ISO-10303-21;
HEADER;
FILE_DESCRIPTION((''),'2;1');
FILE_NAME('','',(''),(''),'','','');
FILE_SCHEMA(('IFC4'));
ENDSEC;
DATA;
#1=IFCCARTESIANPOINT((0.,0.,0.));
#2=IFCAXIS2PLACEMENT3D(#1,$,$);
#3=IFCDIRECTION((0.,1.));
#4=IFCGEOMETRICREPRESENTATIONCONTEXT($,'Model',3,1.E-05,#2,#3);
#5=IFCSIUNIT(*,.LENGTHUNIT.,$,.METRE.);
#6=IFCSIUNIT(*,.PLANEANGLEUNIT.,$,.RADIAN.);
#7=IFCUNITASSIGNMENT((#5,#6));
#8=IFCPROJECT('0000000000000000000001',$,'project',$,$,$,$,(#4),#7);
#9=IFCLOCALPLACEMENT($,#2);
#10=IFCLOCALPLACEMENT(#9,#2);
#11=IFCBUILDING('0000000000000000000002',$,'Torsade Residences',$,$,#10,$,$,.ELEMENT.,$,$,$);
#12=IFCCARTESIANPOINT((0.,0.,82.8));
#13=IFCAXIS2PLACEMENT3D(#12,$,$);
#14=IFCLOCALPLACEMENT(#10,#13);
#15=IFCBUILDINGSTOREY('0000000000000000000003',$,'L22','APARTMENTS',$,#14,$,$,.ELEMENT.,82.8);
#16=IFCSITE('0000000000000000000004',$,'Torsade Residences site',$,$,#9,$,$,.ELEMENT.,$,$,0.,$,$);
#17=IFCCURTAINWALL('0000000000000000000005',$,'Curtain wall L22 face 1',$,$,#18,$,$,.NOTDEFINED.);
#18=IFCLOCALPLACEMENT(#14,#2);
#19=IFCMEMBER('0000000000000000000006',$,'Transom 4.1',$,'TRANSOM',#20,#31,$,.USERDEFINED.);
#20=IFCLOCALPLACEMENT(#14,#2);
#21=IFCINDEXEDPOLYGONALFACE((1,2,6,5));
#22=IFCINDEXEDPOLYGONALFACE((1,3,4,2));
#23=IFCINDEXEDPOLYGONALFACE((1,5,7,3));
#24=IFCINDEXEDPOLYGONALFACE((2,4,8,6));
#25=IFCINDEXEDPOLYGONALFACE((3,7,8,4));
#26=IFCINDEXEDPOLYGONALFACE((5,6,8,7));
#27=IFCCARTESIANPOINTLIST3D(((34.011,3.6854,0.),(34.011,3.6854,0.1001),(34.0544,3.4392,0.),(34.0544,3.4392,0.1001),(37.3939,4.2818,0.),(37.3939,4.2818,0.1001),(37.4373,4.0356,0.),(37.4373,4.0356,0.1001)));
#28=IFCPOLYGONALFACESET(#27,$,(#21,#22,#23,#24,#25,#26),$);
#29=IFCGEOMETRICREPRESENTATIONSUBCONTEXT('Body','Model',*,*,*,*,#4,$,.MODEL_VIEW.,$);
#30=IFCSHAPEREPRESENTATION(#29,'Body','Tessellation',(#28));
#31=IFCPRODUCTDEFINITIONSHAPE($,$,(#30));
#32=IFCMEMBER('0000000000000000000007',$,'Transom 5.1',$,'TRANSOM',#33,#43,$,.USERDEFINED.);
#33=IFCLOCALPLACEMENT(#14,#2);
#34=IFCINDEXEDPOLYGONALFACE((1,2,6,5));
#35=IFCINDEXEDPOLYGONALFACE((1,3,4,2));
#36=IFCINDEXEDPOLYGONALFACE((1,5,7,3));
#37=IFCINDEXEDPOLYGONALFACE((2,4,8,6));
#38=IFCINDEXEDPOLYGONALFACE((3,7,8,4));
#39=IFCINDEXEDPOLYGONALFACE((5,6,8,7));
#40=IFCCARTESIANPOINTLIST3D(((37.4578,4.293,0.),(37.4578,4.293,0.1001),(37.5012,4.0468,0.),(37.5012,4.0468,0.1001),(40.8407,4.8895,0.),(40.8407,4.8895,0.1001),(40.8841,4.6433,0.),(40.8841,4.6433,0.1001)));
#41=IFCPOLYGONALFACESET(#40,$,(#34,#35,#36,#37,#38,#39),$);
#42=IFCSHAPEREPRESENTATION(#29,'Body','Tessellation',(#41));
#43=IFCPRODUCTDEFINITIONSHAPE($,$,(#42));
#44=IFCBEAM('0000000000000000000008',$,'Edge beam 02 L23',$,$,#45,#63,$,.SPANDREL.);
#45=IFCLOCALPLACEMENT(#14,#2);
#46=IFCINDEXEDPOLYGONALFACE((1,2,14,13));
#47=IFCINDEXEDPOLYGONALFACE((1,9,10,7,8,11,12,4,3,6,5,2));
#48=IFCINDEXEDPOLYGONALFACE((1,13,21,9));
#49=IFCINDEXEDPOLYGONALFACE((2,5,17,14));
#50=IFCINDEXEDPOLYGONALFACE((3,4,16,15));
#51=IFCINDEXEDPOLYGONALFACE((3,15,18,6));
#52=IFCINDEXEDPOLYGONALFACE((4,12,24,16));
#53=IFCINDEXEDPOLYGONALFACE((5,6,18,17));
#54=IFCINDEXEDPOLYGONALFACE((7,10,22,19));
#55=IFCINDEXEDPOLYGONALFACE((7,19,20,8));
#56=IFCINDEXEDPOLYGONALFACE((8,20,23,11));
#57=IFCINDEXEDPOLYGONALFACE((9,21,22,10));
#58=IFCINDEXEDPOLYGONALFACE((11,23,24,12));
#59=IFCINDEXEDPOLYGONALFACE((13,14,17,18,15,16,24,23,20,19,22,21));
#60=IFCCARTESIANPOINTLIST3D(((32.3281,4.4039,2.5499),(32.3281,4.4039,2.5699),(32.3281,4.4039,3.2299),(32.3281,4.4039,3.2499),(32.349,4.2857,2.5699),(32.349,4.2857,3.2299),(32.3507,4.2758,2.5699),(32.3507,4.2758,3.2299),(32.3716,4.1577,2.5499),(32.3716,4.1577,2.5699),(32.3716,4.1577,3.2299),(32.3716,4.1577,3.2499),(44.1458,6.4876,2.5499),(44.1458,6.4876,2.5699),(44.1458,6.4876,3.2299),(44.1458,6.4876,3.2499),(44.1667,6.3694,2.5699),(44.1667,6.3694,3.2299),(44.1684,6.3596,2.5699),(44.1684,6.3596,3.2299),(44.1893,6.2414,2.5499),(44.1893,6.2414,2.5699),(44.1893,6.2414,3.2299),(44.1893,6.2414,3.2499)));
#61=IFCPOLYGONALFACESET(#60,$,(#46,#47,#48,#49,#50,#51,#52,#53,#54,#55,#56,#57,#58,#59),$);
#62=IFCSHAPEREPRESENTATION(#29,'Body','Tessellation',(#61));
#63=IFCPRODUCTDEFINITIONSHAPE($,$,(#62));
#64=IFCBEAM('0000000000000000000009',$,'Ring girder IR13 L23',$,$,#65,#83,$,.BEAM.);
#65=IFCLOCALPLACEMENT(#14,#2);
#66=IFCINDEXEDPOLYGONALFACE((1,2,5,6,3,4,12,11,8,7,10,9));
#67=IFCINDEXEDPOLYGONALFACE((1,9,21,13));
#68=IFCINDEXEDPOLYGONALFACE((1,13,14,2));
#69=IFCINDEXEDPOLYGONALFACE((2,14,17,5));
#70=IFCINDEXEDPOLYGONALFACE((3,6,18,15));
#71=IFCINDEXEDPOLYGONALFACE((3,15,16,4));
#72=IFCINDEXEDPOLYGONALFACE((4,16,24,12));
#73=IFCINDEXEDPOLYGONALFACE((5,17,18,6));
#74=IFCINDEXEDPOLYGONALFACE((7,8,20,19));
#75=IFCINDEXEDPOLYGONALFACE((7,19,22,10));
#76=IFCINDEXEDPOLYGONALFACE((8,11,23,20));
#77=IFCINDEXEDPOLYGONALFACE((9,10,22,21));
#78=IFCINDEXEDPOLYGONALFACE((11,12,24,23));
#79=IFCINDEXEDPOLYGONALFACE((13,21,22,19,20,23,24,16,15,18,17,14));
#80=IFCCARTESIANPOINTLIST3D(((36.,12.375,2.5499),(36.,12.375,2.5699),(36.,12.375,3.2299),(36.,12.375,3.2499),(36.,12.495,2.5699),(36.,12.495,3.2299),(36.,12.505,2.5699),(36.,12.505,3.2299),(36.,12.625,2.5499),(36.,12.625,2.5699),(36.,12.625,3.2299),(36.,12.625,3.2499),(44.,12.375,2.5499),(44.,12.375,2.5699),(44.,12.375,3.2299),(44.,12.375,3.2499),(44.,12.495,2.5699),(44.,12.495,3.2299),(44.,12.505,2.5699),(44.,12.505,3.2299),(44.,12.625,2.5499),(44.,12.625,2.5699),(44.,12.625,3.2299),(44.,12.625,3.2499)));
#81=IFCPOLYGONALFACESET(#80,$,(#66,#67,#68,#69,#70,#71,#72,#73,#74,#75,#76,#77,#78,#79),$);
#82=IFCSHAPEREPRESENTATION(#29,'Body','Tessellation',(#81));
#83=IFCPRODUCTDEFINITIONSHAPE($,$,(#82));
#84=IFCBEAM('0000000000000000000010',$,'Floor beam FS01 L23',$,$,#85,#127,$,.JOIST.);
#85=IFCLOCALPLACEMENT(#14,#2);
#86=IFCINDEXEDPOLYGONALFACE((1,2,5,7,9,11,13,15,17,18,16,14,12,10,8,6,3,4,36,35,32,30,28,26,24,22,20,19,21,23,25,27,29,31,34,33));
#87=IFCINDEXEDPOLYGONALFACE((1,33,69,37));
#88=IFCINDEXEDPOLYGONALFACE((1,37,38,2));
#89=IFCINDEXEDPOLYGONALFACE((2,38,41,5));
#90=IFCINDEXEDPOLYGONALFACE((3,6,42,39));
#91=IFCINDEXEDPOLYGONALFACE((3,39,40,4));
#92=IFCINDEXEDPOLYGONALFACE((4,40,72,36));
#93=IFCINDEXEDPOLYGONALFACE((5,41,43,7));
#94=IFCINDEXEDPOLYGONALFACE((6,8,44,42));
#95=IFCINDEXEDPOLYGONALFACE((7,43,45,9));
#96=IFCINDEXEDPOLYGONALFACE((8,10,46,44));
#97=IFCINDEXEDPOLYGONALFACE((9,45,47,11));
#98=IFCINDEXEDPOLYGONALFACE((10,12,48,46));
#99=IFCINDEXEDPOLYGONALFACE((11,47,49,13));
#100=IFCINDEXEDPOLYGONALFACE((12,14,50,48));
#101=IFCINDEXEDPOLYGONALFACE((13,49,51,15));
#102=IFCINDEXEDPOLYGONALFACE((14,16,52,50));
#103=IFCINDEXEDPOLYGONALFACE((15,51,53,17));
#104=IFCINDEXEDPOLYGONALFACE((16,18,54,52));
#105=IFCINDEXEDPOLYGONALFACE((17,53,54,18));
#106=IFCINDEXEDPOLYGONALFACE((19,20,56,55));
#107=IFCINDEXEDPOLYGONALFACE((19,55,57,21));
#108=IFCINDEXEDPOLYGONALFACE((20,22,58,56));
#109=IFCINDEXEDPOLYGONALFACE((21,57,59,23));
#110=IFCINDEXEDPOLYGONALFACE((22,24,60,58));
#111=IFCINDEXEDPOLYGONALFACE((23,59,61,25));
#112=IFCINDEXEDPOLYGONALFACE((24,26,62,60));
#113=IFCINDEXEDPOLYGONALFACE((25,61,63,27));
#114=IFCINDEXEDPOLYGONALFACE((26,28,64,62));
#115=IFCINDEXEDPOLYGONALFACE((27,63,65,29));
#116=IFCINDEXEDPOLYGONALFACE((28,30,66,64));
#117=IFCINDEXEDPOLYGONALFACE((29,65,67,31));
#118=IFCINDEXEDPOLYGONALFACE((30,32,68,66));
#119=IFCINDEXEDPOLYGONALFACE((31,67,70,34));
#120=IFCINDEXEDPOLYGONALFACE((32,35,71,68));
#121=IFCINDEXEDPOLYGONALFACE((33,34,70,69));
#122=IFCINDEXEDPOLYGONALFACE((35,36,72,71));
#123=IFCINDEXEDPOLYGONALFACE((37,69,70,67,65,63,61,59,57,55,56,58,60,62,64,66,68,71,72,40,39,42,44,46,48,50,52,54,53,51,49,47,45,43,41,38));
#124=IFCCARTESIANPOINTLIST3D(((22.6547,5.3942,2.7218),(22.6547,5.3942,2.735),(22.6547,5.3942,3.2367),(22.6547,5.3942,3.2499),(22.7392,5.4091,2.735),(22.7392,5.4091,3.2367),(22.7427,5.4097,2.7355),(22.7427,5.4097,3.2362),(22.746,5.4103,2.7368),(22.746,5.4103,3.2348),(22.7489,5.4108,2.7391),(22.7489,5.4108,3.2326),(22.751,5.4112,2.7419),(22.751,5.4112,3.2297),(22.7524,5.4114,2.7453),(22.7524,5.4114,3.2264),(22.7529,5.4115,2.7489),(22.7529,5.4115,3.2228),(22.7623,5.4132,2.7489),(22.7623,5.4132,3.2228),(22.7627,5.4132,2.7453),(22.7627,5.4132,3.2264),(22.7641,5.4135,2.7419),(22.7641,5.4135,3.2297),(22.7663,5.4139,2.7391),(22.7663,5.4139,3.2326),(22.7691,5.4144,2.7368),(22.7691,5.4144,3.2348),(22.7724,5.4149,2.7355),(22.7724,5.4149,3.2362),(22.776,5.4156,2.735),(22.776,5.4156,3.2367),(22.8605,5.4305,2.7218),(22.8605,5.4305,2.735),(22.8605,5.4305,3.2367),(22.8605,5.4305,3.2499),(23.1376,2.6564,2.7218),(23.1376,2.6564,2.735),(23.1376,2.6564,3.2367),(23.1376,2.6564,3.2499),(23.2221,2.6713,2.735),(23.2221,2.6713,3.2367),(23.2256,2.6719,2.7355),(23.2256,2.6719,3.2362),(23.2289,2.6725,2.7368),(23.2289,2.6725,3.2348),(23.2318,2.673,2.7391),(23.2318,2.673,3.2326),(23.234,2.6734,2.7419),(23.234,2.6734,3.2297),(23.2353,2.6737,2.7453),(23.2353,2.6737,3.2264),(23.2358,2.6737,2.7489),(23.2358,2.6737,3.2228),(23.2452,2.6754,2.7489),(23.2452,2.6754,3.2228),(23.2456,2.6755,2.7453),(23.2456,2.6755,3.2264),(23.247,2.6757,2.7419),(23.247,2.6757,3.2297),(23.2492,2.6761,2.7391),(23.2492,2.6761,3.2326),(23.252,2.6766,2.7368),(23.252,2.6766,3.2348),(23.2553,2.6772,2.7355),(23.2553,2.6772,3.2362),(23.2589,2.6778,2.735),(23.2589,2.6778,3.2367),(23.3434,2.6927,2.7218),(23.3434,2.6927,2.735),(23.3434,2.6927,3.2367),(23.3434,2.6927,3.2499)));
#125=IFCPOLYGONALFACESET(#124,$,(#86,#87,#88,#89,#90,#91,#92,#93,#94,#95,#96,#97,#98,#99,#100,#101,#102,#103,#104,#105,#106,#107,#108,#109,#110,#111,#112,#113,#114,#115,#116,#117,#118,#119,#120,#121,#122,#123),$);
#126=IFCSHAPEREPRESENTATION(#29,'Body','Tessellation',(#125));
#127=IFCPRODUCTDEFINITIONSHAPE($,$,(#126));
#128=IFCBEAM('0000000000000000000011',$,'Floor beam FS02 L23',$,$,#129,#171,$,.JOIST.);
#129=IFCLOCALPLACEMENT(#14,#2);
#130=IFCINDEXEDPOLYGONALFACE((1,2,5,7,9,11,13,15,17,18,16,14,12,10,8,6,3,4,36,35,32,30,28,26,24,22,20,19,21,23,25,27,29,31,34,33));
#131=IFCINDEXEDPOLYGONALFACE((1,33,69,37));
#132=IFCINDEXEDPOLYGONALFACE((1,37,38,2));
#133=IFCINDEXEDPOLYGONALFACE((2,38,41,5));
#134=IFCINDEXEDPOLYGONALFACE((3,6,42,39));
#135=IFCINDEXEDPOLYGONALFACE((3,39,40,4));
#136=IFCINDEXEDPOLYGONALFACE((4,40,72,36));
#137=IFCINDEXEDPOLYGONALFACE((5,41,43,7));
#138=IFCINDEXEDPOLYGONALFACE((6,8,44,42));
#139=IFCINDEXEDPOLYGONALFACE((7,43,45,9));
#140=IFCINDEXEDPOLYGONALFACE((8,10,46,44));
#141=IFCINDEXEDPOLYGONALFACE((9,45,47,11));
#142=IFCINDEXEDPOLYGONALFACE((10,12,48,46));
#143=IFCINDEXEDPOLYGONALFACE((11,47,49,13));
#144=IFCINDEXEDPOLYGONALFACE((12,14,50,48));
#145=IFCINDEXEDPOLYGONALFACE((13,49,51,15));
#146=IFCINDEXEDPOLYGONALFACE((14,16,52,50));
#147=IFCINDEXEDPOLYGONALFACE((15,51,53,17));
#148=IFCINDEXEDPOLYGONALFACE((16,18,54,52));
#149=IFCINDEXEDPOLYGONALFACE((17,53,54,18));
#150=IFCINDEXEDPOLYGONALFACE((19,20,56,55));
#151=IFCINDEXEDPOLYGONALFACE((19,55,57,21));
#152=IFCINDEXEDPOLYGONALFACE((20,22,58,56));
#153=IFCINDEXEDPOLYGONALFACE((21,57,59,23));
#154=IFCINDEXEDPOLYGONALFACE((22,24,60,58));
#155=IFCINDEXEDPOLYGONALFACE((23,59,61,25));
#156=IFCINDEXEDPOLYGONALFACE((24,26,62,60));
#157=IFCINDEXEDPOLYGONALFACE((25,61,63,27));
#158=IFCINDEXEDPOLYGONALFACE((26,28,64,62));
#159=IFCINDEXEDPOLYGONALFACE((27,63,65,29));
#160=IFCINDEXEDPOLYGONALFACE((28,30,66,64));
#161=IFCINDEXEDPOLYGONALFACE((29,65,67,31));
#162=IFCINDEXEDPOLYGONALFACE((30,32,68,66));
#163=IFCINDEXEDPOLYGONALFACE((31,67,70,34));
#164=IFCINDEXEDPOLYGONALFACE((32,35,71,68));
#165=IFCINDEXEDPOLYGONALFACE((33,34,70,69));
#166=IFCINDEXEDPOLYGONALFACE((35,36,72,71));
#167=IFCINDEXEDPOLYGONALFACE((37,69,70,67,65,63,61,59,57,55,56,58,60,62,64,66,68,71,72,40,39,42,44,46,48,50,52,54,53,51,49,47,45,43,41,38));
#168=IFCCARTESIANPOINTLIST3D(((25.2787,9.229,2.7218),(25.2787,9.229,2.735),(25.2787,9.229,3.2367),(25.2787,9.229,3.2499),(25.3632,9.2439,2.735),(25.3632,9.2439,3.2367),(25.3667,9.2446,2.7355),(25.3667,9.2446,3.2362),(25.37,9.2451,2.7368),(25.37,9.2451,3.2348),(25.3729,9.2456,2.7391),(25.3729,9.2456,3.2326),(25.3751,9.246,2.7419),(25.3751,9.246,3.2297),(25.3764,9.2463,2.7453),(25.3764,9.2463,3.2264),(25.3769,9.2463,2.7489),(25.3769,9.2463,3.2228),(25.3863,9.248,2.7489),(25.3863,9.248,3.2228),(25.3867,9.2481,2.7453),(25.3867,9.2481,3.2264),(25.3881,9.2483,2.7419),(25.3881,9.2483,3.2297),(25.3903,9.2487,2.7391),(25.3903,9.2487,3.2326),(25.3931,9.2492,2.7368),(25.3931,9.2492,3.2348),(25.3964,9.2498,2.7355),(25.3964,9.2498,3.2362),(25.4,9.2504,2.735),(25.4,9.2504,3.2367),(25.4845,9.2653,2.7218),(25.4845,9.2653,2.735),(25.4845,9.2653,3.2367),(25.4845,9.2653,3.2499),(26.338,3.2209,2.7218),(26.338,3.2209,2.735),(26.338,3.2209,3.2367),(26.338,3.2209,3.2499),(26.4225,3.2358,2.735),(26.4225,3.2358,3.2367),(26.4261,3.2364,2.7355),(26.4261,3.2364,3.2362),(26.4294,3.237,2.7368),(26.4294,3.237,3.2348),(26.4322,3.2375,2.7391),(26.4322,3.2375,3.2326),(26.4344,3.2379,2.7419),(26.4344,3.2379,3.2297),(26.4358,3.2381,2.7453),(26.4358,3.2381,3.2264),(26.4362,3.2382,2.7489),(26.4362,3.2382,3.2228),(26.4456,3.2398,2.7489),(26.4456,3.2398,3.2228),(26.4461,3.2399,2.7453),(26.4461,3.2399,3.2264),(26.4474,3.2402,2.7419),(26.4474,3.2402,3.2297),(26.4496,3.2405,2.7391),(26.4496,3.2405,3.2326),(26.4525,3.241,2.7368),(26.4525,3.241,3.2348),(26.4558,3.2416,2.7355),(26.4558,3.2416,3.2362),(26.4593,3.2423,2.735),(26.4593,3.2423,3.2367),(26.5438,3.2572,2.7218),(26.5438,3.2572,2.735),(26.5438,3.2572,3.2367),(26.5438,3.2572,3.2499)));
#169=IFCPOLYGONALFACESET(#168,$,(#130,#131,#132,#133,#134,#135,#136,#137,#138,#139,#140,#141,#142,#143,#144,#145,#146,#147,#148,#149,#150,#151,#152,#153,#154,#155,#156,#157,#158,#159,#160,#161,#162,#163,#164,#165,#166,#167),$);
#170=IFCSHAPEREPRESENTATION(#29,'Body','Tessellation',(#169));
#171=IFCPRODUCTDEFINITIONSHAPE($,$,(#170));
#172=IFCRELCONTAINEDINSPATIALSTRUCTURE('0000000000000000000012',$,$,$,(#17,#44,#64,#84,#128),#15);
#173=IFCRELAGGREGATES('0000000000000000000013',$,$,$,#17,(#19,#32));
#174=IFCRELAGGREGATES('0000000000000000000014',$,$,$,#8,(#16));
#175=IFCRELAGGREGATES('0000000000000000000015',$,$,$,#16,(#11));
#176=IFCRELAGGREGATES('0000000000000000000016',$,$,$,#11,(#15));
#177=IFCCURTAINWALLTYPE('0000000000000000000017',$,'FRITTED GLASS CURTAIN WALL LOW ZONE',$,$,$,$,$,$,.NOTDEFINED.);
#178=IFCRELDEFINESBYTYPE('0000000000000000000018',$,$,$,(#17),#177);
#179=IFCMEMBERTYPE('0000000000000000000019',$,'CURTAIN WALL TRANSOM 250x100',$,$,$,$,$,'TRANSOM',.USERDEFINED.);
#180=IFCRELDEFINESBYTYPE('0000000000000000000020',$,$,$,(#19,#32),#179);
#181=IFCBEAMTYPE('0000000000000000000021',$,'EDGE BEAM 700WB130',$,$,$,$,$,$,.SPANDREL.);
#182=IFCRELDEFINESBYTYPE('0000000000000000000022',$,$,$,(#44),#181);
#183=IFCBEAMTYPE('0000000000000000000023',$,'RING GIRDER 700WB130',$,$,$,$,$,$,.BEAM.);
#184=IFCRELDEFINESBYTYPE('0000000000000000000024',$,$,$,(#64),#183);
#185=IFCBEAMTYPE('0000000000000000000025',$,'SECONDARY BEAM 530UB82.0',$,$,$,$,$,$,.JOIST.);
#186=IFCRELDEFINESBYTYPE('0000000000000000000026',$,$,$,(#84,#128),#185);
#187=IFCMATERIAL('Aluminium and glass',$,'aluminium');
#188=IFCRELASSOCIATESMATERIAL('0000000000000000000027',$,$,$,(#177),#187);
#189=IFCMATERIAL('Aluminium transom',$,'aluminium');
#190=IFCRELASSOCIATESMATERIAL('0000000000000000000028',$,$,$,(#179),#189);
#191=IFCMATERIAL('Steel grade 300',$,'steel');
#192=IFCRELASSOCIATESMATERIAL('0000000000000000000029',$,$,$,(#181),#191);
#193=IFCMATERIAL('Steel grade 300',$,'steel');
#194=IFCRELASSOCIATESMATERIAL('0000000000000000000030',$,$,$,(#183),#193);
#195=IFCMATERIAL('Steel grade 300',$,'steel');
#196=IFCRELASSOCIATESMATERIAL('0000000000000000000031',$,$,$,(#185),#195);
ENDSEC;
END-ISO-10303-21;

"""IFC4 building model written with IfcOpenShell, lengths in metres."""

from ifc_helpers import new_model, si_unit, direction, frame, origin, origin_2d, place, context, subcontext, project, spatial, rectangle, i_section, extrude, material, material_profile, profile_set, type_object, element, aggregate, save


model = new_model("IFC4")

# Units and contexts
model_context = context("Model", 3, precision=1e-05, world=origin(), true_north=direction((0.0, 1.0)))
body_context = subcontext(model_context, "Body", "Model", "MODEL_VIEW")
ifc_project = project(units=[si_unit("LENGTHUNIT", "METRE"), si_unit("PLANEANGLEUNIT", "RADIAN")], contexts=[model_context])

# Site, building, storey
site_placement = place(None, origin())
site = spatial("IfcSite", under=ifc_project, at=site_placement, Name="Torsade Residences site", CompositionType="ELEMENT", RefElevation=0.0)
building_placement = place(site_placement, origin())
building = spatial("IfcBuilding", under=site, at=building_placement, Name="Torsade Residences", CompositionType="ELEMENT")
storey_placement = place(building_placement, frame((0.0, 0.0, 82.8)))
storey = spatial("IfcBuildingStorey", under=building, at=storey_placement, Name="L22", Description="APARTMENTS", CompositionType="ELEMENT", Elevation=82.8)

# Curtain wall, members
ifc_material_1 = material(Name="Aluminium and glass", Category="aluminium")
curtain_wall_type = type_object("IfcCurtainWallType", Name="FRITTED GLASS CURTAIN WALL LOW ZONE", PredefinedType="NOTDEFINED", material=ifc_material_1)
curtain_wall_placement = place(storey_placement, origin())
curtain_wall = element("IfcCurtainWall", 1, at=curtain_wall_placement, inside=storey, type_object=curtain_wall_type, Name="Curtain wall L22 face 1", PredefinedType="NOTDEFINED")
ifc_material_2 = material(Name="Aluminium transom", Category="aluminium")
ifc_material_profile_1 = material_profile(ifc_material_2, rectangle(XDim=0.25, YDim=0.1001, at=origin_2d()), Name="CURTAIN WALL TRANSOM 250x100")
ifc_profile_set_1 = profile_set([ifc_material_profile_1], Name="Aluminium transom")
member_type_1 = type_object("IfcMemberType", Name="CURTAIN WALL TRANSOM 250x100", ElementType="TRANSOM", PredefinedType="USERDEFINED", material=ifc_profile_set_1)
member_1_placement = place(storey_placement, frame((34.0327, 3.5623, 0.05), z_axis=(0.98481, 0.173635, 0.0), x_axis=(-0.173635, 0.98481, 0.0)))
member_1 = element("IfcMember", 2, at=member_1_placement, type_object=member_type_1, Name="Transom 4.1", ObjectType="TRANSOM", PredefinedType="USERDEFINED", context=body_context, shape_type="SweptSolid", body=[
    extrude(rectangle(XDim=0.25, YDim=0.1001, at=origin_2d()), origin(), (0.0, 0.0, 1.0), 3.4351),
])
member_2_placement = place(storey_placement, frame((37.4795, 4.1699, 0.05), z_axis=(0.98481, 0.173635, 0.0), x_axis=(-0.173635, 0.98481, 0.0)))
member_2 = element("IfcMember", 3, at=member_2_placement, type_object=member_type_1, Name="Transom 5.1", ObjectType="TRANSOM", PredefinedType="USERDEFINED", context=body_context, shape_type="SweptSolid", body=[
    extrude(rectangle(XDim=0.25, YDim=0.1001, at=origin_2d()), origin(), (0.0, 0.0, 1.0), 3.4351),
])

# Beams
ifc_material_3 = material(Name="Steel grade 300", Category="steel")
ifc_material_profile_2 = material_profile(ifc_material_3, i_section(OverallWidth=0.25, OverallDepth=0.7, WebThickness=0.01, FlangeThickness=0.02, at=origin_2d()), Name="700WB130")
ifc_profile_set_2 = profile_set([ifc_material_profile_2], Name="Steel grade 300")
beam_type_1 = type_object("IfcBeamType", Name="EDGE BEAM 700WB130", PredefinedType="SPANDREL", material=ifc_profile_set_2)
beam_1_placement = place(storey_placement, frame((32.3499, 4.2808, 2.8999), z_axis=(0.984808, 0.173646, 0.0), x_axis=(-0.173646, 0.984808, 0.0)))
element("IfcBeam", 4, at=beam_1_placement, inside=storey, type_object=beam_type_1, Name="Edge beam 02 L23", PredefinedType="SPANDREL", context=body_context, shape_type="SweptSolid", body=[
    extrude(i_section(OverallWidth=0.25, OverallDepth=0.7, WebThickness=0.01, FlangeThickness=0.02, at=origin_2d()), origin(), (0.0, 0.0, 1.0), 12.0),
])
ifc_material_4 = material(Name="Steel grade 300", Category="steel")
ifc_material_profile_3 = material_profile(ifc_material_4, i_section(OverallWidth=0.25, OverallDepth=0.7, WebThickness=0.01, FlangeThickness=0.02, at=origin_2d()), Name="700WB130")
ifc_profile_set_3 = profile_set([ifc_material_profile_3], Name="Steel grade 300")
beam_type_2 = type_object("IfcBeamType", Name="RING GIRDER 700WB130", PredefinedType="BEAM", material=ifc_profile_set_3)
beam_2_placement = place(storey_placement, frame((36.0, 12.5, 2.8999), z_axis=(1.0, 0.0, 0.0), x_axis=(0.0, 1.0, 0.0)))
element("IfcBeam", 5, at=beam_2_placement, inside=storey, type_object=beam_type_2, Name="Ring girder IR13 L23", PredefinedType="BEAM", context=body_context, shape_type="SweptSolid", body=[
    extrude(i_section(OverallWidth=0.25, OverallDepth=0.7, WebThickness=0.01, FlangeThickness=0.02, at=origin_2d()), origin(), (0.0, 0.0, 1.0), 8.0),
])
ifc_material_5 = material(Name="Steel grade 300", Category="steel")
ifc_material_profile_4 = material_profile(ifc_material_5, i_section(OverallWidth=0.209, OverallDepth=0.5281, WebThickness=0.0095, FlangeThickness=0.0132, FilletRadius=0.0139, at=origin_2d()), Name="530UB82.0")
ifc_profile_set_4 = profile_set([ifc_material_profile_4], Name="Steel grade 300")
beam_type_3 = type_object("IfcBeamType", Name="SECONDARY BEAM 530UB82.0", PredefinedType="JOIST", material=ifc_profile_set_4)
beam_3_placement = place(storey_placement, frame((23.2405, 2.6746, 2.9858), z_axis=(-0.173705, 0.984798, 0.0), x_axis=(-0.984798, -0.173705, 0.0)))
element("IfcBeam", 6, at=beam_3_placement, inside=storey, type_object=beam_type_3, Name="Floor beam FS01 L23", PredefinedType="JOIST", context=body_context, shape_type="SweptSolid", body=[
    extrude(i_section(OverallWidth=0.209, OverallDepth=0.5281, WebThickness=0.0095, FlangeThickness=0.0132, FilletRadius=0.0139, at=origin_2d()), origin(), (0.0, 0.0, 1.0), 2.78),
])
beam_4_placement = place(storey_placement, frame((26.4409, 3.239, 2.9858), z_axis=(-0.173639, 0.984809, 0.0), x_axis=(-0.984809, -0.173639, 0.0)))
element("IfcBeam", 7, at=beam_4_placement, inside=storey, type_object=beam_type_3, Name="Floor beam FS02 L23", PredefinedType="JOIST", context=body_context, shape_type="SweptSolid", body=[
    extrude(i_section(OverallWidth=0.209, OverallDepth=0.5281, WebThickness=0.0095, FlangeThickness=0.0132, FilletRadius=0.0139, at=origin_2d()), origin(), (0.0, 0.0, 1.0), 6.1008),
])

aggregate(curtain_wall, [member_1, member_2])

save(model, "model.ifc")
